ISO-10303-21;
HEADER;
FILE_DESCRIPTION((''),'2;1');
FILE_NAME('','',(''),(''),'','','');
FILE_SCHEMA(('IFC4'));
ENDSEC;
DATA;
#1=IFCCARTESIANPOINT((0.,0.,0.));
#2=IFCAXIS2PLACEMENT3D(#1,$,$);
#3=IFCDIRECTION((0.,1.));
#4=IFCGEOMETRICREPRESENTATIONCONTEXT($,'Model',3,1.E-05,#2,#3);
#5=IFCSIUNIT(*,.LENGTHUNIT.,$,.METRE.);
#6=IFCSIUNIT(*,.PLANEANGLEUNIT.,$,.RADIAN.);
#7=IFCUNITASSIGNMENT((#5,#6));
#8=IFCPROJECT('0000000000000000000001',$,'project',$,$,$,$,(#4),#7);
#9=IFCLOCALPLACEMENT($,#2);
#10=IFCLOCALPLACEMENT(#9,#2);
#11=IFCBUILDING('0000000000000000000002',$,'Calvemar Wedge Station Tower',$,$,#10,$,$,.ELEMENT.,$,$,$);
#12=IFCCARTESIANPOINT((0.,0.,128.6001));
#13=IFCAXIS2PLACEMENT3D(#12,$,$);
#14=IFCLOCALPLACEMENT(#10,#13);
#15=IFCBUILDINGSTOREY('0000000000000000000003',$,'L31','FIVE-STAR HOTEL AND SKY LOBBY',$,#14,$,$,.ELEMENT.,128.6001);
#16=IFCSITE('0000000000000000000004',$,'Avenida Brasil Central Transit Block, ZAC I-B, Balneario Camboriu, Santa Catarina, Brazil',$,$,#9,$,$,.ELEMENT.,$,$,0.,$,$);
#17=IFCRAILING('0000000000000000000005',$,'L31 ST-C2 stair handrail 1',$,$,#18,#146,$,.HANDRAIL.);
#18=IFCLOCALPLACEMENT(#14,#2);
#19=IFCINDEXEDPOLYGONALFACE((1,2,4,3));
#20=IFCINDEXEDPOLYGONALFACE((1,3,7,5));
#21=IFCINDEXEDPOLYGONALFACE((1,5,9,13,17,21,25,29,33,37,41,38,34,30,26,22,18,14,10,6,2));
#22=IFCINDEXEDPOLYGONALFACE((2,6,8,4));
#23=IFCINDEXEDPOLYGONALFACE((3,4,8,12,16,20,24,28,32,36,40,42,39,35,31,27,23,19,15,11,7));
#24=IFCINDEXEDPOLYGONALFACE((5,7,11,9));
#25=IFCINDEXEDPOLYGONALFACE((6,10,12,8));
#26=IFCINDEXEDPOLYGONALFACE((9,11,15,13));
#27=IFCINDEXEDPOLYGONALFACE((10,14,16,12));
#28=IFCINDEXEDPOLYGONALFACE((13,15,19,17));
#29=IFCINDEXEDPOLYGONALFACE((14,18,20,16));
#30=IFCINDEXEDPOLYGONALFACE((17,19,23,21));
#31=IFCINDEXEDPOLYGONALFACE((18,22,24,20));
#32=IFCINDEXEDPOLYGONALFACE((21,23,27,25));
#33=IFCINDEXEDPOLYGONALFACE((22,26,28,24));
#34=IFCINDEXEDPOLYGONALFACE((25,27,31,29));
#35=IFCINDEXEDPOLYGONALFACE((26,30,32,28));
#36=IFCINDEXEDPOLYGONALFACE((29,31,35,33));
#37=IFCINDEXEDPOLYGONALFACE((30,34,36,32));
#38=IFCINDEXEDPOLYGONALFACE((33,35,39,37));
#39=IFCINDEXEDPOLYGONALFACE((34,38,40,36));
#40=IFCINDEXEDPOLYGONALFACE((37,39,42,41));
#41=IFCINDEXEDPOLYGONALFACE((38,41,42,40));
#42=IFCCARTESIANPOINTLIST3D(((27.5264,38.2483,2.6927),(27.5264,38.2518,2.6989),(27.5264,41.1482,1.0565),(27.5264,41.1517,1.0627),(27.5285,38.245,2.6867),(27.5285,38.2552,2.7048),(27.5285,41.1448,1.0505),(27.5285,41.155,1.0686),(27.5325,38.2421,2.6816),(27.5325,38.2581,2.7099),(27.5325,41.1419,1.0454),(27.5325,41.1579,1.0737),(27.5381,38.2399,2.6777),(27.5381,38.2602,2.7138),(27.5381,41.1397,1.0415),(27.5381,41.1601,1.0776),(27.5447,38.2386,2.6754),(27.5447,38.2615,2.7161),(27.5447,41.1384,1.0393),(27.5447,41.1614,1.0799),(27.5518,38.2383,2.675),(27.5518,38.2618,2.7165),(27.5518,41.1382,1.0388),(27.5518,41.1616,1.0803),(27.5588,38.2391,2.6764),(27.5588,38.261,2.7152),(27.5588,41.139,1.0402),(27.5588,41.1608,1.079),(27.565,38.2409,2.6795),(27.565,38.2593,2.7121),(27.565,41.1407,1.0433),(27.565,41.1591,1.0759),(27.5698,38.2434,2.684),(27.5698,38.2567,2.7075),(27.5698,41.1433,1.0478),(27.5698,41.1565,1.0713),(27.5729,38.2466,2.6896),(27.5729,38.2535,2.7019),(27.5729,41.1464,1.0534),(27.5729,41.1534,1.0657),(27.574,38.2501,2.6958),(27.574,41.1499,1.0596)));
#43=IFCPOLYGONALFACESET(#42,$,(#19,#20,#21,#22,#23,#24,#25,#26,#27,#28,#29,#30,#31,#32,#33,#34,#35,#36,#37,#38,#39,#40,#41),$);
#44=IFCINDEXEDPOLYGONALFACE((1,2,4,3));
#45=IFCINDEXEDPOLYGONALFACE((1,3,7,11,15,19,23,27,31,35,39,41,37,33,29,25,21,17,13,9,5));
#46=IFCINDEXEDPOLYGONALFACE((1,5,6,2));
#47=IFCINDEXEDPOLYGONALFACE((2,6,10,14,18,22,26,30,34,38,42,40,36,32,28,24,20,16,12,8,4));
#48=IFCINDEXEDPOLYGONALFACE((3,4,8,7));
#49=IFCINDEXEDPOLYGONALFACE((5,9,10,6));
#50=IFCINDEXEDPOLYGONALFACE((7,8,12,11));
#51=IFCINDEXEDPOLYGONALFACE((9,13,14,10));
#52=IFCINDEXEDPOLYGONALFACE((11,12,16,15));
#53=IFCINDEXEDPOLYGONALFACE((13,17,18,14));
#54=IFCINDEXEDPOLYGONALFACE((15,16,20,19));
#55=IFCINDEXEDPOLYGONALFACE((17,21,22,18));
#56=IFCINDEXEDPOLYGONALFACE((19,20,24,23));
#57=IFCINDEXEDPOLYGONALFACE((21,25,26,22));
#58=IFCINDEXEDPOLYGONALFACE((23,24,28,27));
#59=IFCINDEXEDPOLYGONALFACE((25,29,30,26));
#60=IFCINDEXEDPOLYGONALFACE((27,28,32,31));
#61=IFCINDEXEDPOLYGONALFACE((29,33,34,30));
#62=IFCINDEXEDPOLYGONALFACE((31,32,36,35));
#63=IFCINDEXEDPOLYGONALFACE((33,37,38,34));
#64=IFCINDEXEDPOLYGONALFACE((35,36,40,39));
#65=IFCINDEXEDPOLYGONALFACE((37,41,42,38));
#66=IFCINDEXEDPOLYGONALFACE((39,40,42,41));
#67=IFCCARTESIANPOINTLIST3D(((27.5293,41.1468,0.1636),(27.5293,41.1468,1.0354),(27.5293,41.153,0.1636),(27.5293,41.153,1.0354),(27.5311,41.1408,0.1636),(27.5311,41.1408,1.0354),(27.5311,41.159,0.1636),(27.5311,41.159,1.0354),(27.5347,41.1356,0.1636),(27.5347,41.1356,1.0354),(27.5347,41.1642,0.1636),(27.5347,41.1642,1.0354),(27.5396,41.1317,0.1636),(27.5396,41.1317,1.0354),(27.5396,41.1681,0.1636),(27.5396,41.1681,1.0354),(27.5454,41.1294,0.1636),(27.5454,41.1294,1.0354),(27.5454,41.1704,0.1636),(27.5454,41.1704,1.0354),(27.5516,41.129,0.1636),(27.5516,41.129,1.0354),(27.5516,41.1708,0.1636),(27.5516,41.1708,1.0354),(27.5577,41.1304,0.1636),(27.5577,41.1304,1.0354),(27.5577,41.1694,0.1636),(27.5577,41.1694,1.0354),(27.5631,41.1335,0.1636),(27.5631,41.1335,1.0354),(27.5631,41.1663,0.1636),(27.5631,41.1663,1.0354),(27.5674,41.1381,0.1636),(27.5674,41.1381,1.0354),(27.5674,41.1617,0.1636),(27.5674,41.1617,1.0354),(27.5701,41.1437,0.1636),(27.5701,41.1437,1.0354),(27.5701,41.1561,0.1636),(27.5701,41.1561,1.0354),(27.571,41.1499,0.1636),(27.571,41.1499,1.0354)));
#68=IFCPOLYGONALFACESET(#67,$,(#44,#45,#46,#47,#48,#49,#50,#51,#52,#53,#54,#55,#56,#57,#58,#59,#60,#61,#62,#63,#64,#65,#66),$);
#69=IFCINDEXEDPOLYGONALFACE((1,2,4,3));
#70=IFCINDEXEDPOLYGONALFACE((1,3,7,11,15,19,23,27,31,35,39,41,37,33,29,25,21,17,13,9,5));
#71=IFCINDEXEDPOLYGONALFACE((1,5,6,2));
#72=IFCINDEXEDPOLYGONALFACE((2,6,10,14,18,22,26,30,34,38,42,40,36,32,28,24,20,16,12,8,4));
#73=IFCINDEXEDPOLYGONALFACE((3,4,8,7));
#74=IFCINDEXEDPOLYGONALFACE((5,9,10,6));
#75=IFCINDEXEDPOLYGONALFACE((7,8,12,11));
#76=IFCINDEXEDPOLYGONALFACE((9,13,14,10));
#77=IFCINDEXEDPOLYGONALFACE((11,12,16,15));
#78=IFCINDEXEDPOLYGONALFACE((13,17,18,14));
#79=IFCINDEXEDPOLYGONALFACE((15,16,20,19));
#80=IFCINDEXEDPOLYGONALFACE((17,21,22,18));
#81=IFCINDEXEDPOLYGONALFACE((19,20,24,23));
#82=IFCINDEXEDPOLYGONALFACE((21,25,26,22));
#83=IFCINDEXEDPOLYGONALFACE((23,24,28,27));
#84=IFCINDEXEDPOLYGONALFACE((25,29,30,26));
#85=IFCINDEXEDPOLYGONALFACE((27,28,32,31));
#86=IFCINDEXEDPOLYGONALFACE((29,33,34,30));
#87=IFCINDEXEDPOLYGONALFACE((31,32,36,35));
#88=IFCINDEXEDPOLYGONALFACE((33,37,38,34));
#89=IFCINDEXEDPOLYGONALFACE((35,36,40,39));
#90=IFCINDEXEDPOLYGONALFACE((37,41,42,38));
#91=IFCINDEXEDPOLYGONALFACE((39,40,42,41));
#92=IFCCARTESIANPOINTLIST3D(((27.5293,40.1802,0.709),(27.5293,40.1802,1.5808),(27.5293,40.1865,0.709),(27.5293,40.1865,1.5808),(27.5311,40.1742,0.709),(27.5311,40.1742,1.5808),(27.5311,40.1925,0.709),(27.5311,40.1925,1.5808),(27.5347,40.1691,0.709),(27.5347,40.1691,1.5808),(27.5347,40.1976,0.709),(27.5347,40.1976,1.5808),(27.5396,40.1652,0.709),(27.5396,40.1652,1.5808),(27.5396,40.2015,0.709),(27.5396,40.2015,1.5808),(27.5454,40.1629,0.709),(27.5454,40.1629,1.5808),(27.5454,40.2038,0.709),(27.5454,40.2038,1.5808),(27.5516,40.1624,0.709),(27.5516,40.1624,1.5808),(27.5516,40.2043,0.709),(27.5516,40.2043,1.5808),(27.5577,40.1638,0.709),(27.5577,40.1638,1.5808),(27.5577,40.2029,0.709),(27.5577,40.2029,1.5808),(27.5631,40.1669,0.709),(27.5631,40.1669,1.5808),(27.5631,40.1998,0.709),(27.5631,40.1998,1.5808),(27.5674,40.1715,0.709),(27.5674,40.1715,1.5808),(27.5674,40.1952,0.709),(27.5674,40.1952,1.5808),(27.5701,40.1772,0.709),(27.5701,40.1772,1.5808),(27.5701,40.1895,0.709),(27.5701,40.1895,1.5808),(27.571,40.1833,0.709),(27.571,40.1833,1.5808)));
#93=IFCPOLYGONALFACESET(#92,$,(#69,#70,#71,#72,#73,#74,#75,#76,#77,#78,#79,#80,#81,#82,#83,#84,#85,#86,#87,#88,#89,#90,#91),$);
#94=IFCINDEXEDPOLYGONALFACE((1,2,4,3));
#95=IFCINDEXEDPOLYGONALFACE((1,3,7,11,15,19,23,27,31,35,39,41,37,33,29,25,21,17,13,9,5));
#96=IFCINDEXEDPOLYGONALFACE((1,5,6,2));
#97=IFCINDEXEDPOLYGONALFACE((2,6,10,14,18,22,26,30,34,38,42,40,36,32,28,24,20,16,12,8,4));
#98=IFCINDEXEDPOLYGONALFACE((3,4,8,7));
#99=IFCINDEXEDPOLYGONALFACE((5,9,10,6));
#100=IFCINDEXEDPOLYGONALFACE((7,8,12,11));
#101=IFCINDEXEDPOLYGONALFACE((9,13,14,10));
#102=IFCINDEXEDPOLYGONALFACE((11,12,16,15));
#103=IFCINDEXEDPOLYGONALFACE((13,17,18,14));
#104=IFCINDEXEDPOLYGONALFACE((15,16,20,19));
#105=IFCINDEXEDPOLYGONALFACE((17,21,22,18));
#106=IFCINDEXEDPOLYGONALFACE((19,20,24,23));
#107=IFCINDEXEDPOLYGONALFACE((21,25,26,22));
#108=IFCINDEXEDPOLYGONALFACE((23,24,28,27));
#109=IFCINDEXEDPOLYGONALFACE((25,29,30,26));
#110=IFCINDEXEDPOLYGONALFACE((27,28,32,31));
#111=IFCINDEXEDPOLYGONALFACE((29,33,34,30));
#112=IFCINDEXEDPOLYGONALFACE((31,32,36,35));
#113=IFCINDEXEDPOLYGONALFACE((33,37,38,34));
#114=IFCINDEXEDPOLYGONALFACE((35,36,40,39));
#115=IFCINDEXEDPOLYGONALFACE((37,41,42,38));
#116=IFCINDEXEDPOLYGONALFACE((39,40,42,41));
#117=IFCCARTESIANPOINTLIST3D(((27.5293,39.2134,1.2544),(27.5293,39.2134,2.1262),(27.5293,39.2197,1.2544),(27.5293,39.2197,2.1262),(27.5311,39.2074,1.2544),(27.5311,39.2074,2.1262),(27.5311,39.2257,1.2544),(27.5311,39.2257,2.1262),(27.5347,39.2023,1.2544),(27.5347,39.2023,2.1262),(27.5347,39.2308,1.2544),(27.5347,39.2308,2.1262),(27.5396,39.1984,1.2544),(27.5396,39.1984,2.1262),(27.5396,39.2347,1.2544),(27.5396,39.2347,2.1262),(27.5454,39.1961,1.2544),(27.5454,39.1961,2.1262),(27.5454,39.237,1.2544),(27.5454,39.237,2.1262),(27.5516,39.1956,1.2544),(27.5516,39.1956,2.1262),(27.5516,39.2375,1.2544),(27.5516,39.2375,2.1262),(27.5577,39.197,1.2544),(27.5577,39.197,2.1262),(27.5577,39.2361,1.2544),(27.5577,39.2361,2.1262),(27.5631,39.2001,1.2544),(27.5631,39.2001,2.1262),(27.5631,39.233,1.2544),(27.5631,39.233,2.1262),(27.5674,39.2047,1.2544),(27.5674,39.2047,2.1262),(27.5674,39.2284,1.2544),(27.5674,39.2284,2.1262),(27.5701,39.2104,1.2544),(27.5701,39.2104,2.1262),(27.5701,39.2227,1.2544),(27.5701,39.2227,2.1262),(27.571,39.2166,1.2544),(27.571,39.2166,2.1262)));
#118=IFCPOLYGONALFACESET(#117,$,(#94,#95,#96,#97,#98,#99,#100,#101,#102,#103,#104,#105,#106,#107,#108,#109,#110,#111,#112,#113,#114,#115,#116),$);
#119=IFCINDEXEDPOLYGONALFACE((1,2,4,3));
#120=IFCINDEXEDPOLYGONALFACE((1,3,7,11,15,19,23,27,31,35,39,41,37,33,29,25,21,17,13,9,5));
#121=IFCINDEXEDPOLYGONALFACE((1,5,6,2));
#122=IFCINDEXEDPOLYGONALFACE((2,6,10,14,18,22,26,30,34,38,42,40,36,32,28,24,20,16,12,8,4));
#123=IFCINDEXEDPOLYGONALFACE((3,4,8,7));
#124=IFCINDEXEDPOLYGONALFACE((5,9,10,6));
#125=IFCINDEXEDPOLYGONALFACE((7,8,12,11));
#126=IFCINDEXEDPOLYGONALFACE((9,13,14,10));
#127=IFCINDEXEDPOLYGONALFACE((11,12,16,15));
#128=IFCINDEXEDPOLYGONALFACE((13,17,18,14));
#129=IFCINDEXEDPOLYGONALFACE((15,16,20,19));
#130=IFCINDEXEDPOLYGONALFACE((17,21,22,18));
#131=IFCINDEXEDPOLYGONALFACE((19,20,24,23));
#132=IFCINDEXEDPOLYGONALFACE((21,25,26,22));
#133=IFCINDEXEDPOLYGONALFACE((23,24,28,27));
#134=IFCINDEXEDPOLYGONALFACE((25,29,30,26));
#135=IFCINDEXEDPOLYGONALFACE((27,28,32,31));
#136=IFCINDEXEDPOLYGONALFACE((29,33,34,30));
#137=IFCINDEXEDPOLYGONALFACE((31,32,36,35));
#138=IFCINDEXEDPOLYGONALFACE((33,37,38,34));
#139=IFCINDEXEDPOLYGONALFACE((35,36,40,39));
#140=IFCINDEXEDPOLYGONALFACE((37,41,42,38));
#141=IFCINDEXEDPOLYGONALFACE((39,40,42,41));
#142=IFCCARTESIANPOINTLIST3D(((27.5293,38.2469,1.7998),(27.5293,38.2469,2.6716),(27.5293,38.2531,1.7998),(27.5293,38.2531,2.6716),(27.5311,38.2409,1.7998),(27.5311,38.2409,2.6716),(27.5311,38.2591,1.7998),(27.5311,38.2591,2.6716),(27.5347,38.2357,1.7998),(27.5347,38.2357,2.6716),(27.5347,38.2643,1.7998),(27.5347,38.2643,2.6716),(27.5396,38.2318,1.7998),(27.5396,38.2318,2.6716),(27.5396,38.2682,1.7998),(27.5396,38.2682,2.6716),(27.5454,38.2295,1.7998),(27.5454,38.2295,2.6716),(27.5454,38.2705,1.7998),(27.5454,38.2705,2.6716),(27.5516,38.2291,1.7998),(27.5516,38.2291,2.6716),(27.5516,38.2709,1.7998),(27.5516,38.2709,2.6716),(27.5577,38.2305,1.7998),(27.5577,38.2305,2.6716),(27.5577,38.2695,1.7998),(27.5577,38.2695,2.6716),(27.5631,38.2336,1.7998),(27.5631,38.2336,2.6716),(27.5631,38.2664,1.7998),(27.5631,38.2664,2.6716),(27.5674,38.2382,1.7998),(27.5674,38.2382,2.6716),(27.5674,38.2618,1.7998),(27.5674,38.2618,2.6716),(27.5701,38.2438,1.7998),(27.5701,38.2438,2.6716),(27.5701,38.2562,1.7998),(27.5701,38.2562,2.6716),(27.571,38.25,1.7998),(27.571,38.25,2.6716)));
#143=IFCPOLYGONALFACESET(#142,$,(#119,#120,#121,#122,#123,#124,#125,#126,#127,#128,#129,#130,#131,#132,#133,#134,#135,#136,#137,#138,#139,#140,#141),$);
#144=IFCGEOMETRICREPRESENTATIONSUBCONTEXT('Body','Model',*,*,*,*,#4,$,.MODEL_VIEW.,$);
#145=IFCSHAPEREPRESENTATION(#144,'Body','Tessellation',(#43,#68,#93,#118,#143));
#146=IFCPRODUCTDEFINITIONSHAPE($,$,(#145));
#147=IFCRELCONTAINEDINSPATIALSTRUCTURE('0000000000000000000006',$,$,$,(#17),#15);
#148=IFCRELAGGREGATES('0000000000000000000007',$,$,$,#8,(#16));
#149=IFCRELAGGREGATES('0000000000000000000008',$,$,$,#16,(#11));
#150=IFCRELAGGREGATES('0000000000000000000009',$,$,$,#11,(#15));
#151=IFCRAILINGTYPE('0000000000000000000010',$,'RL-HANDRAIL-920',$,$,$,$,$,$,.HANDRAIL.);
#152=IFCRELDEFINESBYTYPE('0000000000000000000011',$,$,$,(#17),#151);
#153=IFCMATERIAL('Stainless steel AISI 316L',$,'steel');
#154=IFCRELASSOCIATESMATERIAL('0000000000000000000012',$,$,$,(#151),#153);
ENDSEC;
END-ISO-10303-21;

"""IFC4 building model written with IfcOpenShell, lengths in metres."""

from ifc_helpers import new_model, si_unit, direction, frame, origin, origin_2d, place, context, subcontext, project, spatial, circle, extrude, material, type_object, element, save


model = new_model("IFC4")

# Units and contexts
model_context = context("Model", 3, precision=1e-05, world=origin(), true_north=direction((0.0, 1.0)))
body_context = subcontext(model_context, "Body", "Model", "MODEL_VIEW")
ifc_project = project(units=[si_unit("LENGTHUNIT", "METRE"), si_unit("PLANEANGLEUNIT", "RADIAN")], contexts=[model_context])

# Site, building, storey
site_placement = place(None, origin())
site = spatial("IfcSite", under=ifc_project, at=site_placement, Name="Avenida Brasil Central Transit Block, ZAC I-B, Balneario Camboriu, Santa Catarina, Brazil", CompositionType="ELEMENT", RefElevation=0.0)
building_placement = place(site_placement, origin())
building = spatial("IfcBuilding", under=site, at=building_placement, Name="Calvemar Wedge Station Tower", CompositionType="ELEMENT")
storey_placement = place(building_placement, frame((0.0, 0.0, 128.6001)))
storey = spatial("IfcBuildingStorey", under=building, at=storey_placement, Name="L31", Description="FIVE-STAR HOTEL AND SKY LOBBY", CompositionType="ELEMENT", Elevation=128.6001)

# Railing
ifc_material_1 = material(Name="Stainless steel AISI 316L", Category="steel")
railing_type_1 = type_object("IfcRailingType", Name="RL-HANDRAIL-920", PredefinedType="HANDRAIL", material=ifc_material_1)
railing_1_placement = place(storey_placement, frame((27.55, 41.1499, 0.1636)))
element("IfcRailing", 1, at=railing_1_placement, inside=storey, type_object=railing_type_1, Name="L31 ST-C2 stair handrail 1", PredefinedType="HANDRAIL", context=body_context, shape_type="SweptSolid", body=[
    extrude(circle(Radius=0.0239, at=origin_2d()), frame((0.0, 0.0, 0.896), z_axis=(0.0, -0.870929, 0.49141), x_axis=(1.0, 0.0, 0.0)), (0.0, 0.0, 1.0), 3.3296),
    extrude(circle(Radius=0.021, at=origin_2d()), origin(), (0.0, 0.0, 1.0), 0.8718),
    extrude(circle(Radius=0.021, at=origin_2d()), frame((0.0, -0.9666, 0.5454)), (0.0, 0.0, 1.0), 0.8718),
    extrude(circle(Radius=0.021, at=origin_2d()), frame((0.0, -1.9333, 1.0908)), (0.0, 0.0, 1.0), 0.8718),
    extrude(circle(Radius=0.021, at=origin_2d()), frame((0.0, -2.8999, 1.6362)), (0.0, 0.0, 1.0), 0.8718),
])

save(model, "model.ifc")
